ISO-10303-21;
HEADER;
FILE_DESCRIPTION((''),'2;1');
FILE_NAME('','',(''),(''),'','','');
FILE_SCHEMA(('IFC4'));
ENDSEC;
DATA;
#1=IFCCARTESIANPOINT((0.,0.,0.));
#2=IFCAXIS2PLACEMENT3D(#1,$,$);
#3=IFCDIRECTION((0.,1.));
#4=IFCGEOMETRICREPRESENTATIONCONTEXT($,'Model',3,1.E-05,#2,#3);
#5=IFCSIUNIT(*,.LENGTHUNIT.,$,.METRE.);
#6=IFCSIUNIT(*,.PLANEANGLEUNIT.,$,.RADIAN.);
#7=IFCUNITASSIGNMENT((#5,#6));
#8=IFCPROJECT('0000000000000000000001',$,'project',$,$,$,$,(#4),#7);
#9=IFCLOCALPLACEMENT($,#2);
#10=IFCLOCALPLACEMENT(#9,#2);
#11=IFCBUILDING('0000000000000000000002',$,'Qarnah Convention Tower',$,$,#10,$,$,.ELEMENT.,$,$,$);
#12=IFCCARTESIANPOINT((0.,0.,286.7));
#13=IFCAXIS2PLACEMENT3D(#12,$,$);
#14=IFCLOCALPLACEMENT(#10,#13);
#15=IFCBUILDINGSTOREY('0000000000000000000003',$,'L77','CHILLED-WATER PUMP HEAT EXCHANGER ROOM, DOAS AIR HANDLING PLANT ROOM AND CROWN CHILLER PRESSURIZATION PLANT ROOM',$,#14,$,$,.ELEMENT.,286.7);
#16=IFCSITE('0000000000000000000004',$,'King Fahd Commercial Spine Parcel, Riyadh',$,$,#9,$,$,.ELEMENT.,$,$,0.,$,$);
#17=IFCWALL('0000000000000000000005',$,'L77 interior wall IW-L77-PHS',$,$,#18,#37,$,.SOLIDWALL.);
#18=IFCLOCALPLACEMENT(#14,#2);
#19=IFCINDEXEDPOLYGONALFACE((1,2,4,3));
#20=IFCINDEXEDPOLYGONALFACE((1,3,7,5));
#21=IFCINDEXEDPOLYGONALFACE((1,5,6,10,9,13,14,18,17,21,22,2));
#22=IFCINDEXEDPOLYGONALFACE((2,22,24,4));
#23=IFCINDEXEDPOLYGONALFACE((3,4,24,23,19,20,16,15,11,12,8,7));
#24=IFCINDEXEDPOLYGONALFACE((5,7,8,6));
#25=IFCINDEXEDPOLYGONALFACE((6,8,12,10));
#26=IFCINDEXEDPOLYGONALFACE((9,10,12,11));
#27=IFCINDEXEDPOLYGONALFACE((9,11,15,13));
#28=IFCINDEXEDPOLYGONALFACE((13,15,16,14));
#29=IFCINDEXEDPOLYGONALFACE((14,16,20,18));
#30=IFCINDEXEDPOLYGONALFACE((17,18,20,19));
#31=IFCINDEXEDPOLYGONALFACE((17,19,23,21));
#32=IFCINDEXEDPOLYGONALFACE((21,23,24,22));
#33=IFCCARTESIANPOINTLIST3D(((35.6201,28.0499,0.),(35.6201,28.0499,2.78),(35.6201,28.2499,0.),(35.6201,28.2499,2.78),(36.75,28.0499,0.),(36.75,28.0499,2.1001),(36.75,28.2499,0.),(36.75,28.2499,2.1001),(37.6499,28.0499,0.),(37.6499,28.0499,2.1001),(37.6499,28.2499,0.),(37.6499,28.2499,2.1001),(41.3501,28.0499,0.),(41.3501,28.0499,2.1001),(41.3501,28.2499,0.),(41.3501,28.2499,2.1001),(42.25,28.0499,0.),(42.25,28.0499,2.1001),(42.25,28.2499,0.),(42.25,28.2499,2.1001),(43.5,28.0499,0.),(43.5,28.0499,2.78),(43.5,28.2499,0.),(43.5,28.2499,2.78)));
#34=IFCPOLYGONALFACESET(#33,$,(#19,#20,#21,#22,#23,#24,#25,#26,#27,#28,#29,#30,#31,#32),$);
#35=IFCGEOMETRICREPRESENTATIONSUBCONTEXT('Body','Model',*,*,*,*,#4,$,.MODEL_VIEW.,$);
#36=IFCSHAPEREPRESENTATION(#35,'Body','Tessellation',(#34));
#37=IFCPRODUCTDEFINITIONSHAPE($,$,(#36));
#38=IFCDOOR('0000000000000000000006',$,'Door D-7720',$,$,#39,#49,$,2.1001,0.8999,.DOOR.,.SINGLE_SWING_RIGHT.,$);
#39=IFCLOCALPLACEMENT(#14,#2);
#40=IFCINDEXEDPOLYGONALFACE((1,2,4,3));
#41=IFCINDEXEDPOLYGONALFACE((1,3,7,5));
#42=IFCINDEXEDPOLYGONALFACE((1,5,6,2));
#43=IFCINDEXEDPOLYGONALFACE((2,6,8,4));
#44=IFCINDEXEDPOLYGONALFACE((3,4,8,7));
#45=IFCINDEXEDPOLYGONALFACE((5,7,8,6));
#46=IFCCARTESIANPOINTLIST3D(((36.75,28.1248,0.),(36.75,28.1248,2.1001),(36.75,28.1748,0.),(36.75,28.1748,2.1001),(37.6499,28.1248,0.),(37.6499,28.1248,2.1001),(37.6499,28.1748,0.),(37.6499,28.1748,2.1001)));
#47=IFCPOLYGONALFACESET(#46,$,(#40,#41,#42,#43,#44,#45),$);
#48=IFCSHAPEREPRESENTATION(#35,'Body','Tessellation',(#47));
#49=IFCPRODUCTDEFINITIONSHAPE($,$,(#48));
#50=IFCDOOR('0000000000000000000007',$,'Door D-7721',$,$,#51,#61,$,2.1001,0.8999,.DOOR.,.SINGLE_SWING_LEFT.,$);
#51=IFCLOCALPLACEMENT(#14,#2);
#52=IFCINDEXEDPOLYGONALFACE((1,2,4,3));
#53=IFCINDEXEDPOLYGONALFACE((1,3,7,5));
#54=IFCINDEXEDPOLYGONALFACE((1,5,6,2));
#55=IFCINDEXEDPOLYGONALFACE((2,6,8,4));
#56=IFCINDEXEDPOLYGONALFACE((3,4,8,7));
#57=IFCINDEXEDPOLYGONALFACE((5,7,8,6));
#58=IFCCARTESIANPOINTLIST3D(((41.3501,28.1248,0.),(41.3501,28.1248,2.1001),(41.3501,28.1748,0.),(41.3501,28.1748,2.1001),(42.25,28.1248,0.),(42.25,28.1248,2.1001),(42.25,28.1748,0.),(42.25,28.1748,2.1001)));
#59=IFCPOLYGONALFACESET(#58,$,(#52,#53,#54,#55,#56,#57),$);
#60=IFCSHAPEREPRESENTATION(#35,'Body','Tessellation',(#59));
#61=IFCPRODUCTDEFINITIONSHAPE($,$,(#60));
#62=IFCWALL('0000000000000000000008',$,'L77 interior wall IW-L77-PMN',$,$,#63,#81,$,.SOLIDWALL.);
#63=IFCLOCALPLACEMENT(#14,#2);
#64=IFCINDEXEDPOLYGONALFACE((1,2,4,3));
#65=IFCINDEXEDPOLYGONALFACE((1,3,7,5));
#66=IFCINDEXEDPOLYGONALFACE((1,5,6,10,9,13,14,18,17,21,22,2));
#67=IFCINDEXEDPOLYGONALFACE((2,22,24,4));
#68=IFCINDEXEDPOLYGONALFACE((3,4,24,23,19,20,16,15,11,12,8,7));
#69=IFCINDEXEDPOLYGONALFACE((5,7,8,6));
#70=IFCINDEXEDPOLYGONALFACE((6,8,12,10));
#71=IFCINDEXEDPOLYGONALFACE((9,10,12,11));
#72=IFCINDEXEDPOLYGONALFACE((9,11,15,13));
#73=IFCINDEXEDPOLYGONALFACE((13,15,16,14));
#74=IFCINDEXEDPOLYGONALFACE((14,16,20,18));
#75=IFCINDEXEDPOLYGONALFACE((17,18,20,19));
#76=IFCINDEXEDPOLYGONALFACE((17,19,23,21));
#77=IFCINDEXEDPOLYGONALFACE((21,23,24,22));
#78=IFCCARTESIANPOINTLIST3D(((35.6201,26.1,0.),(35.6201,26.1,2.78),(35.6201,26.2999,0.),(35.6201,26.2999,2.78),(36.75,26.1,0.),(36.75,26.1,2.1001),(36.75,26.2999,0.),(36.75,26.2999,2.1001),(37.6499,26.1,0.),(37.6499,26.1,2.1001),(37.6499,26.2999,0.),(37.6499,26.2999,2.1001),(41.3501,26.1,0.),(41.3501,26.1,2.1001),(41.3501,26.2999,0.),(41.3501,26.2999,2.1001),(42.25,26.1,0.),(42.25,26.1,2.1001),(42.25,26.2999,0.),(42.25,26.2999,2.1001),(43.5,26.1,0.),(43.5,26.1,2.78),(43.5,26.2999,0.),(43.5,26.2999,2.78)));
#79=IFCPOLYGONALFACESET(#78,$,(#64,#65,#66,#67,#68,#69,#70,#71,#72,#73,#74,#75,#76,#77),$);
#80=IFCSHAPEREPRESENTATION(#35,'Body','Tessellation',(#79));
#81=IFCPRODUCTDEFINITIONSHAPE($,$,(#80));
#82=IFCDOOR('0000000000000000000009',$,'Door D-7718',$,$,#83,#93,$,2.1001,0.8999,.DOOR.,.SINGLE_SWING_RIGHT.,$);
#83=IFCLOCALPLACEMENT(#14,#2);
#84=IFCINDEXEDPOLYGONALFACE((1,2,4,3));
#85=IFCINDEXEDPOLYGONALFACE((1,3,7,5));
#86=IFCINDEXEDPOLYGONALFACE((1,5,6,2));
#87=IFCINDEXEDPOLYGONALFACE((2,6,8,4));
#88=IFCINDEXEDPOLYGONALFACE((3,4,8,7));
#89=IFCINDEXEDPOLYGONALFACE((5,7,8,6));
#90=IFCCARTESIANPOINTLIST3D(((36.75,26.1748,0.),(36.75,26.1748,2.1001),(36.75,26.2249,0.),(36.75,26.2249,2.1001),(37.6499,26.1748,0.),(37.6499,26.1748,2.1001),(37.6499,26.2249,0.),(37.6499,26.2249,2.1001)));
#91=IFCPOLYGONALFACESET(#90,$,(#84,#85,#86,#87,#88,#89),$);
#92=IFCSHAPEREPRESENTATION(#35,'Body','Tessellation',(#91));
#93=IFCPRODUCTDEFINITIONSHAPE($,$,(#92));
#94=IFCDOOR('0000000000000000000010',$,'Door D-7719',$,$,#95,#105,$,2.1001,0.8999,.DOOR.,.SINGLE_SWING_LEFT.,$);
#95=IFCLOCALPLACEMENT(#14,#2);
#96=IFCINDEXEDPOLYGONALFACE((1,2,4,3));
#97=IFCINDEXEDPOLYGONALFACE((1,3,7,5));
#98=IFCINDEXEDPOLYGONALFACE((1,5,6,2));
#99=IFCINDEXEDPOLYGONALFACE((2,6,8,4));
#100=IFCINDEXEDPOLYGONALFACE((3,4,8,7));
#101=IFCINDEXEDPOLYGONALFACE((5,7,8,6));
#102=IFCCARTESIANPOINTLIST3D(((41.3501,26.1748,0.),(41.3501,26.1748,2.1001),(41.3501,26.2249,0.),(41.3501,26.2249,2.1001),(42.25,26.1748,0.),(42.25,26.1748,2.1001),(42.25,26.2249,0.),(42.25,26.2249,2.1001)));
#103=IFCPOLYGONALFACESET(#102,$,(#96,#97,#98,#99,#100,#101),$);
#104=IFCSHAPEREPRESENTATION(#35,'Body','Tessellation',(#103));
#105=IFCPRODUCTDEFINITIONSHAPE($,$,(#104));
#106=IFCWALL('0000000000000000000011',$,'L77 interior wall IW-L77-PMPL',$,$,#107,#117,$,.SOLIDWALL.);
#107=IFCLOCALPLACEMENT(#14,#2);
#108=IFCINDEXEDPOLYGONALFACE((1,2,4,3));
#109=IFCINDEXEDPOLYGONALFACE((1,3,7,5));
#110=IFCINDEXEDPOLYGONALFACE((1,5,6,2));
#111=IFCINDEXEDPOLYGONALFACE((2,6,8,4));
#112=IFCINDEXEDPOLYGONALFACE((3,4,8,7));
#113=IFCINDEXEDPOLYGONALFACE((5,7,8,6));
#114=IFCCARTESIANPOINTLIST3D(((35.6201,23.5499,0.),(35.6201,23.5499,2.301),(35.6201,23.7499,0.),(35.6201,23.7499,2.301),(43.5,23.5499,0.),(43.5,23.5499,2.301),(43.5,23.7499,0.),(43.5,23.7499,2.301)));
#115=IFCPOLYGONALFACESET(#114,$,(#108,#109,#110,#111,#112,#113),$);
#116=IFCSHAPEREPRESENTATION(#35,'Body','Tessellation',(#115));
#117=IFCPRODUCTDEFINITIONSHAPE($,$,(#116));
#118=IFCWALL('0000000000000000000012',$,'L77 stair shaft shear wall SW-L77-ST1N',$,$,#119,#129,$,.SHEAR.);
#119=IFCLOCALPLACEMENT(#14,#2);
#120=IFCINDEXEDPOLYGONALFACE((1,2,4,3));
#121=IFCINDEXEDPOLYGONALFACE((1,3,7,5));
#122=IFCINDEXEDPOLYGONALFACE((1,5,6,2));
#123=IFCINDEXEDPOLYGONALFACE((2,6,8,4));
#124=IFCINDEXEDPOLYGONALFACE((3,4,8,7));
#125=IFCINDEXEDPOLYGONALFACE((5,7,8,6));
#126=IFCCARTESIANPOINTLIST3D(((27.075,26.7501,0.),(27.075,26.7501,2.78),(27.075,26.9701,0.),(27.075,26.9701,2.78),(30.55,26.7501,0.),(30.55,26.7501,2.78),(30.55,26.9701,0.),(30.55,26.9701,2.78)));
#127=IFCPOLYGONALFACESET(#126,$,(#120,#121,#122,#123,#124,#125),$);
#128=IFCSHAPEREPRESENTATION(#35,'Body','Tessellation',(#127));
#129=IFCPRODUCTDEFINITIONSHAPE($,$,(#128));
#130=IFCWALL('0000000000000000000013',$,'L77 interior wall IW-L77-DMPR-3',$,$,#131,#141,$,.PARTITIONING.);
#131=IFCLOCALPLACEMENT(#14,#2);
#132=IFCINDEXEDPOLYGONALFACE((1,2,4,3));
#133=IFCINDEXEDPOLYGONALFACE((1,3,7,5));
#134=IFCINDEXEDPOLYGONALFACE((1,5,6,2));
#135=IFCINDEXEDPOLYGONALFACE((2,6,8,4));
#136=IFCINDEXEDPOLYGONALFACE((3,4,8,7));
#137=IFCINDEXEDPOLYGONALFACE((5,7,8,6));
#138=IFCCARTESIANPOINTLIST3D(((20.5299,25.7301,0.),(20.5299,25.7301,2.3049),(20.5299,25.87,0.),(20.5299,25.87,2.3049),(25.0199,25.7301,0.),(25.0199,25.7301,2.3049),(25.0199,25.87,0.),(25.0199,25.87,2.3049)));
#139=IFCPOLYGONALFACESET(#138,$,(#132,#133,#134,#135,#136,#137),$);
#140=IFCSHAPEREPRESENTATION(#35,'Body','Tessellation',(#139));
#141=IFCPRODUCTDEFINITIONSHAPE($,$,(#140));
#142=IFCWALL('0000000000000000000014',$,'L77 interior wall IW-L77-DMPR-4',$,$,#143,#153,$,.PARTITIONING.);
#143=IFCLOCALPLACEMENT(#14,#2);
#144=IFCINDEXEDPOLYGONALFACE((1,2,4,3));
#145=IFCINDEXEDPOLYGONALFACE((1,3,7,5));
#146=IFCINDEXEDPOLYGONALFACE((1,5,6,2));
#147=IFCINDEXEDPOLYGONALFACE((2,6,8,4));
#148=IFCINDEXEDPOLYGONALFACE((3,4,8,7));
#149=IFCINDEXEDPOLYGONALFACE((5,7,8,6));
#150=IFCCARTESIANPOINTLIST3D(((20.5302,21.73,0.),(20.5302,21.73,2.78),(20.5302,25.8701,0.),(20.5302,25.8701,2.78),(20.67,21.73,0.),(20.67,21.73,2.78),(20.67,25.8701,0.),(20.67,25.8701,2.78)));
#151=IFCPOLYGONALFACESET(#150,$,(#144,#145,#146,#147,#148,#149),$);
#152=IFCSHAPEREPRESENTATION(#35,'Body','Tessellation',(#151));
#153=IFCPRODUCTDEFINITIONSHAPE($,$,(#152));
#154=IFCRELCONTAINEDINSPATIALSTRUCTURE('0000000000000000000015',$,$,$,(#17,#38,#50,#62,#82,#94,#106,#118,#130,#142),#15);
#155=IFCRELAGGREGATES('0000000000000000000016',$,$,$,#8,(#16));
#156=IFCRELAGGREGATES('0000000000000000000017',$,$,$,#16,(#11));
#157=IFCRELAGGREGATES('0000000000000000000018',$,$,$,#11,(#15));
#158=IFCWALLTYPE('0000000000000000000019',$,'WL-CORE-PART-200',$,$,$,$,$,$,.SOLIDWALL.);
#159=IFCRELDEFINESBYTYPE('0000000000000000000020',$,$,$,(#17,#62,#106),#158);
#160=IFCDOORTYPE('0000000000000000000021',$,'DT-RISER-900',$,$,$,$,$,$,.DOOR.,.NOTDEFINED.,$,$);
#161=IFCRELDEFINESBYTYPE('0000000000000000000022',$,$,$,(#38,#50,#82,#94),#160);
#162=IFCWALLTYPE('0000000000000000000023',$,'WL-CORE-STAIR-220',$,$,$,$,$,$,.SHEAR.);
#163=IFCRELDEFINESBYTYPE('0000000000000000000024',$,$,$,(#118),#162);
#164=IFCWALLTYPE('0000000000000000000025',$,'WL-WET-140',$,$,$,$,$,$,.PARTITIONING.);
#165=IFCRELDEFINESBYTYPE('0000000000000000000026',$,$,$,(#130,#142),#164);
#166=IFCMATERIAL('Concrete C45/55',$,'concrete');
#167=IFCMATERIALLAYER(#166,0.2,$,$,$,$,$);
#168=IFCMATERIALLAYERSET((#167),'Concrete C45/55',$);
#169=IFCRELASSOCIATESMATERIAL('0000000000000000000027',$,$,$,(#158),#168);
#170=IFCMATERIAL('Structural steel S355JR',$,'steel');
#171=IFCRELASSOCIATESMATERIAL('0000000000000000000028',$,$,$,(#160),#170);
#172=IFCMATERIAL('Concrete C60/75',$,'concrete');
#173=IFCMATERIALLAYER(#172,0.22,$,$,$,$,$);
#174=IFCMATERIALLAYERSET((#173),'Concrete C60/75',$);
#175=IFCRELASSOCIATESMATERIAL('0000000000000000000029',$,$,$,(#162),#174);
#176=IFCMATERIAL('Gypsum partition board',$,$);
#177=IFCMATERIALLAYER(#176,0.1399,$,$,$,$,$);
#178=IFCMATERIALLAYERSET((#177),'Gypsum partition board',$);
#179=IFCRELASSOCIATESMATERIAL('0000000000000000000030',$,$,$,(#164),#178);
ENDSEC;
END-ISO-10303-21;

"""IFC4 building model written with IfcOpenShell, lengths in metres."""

from ifc_helpers import new_model, si_unit, direction, frame, frame_2d, origin, place, context, subcontext, project, spatial, rectangle, extrude, material, layer, layer_set, type_object, element, fill, save


model = new_model("IFC4")

# Units and contexts
model_context = context("Model", 3, precision=1e-05, world=origin(), true_north=direction((0.0, 1.0)))
body_context = subcontext(model_context, "Body", "Model", "MODEL_VIEW")
ifc_project = project(units=[si_unit("LENGTHUNIT", "METRE"), si_unit("PLANEANGLEUNIT", "RADIAN")], contexts=[model_context])

# Site, building, storey
site_placement = place(None, origin())
site = spatial("IfcSite", under=ifc_project, at=site_placement, Name="King Fahd Commercial Spine Parcel, Riyadh", CompositionType="ELEMENT", RefElevation=0.0)
building_placement = place(site_placement, origin())
building = spatial("IfcBuilding", under=site, at=building_placement, Name="Qarnah Convention Tower", CompositionType="ELEMENT")
storey_placement = place(building_placement, frame((0.0, 0.0, 286.7)))
storey = spatial("IfcBuildingStorey", under=building, at=storey_placement, Name="L77", Description="CHILLED-WATER PUMP HEAT EXCHANGER ROOM, DOAS AIR HANDLING PLANT ROOM AND CROWN CHILLER PRESSURIZATION PLANT ROOM", CompositionType="ELEMENT", Elevation=286.7)

# Shared definitions
ifc_material_1 = material(Name="Structural steel S355JR", Category="steel")

# Walls, openings, doors
ifc_material_2 = material(Name="Concrete C45/55", Category="concrete")
ifc_layer_1 = layer(ifc_material_2, 0.2)
ifc_layer_set_1 = layer_set([ifc_layer_1], Name="Concrete C45/55")
wall_type_1 = type_object("IfcWallType", Name="WL-CORE-PART-200", PredefinedType="SOLIDWALL", material=ifc_layer_set_1)
door_type_1 = type_object("IfcDoorType", Name="DT-RISER-900", OperationType="NOTDEFINED", PredefinedType="DOOR", material=ifc_material_1)
wall_1_placement = place(storey_placement, frame((35.6201, 28.1499, 0.0), z_axis=(0.0, 0.0, 1.0), x_axis=(1.0, 0.0, 0.0)))
wall_1 = element("IfcWall", 1, at=wall_1_placement, inside=storey, type_object=wall_type_1, Name="L77 interior wall IW-L77-PHS", PredefinedType="SOLIDWALL", context=body_context, shape_type="SweptSolid", body=[
    extrude(rectangle(XDim=7.8799, YDim=0.2, at=frame_2d((3.9399, 0.0))), origin(), (0.0, 0.0, 1.0), 2.78),
])
opening_1_placement = place(wall_1_placement, frame((1.1299, 0.0, 0.0)))
opening_1 = element("IfcOpeningElement", 2, at=opening_1_placement, cuts=wall_1, PredefinedType="OPENING", context=body_context, shape_type="SweptSolid", body=[
    extrude(rectangle(XDim=0.8999, YDim=2.1001, at=frame_2d((0.45, 1.05))), frame((0.0, 0.1099, 0.0), z_axis=(0.0, -1.0, 0.0), x_axis=(1.0, 0.0, 0.0)), (0.0, 0.0, 1.0), 0.22),
])
opening_2_placement = place(wall_1_placement, frame((5.73, 0.0, 0.0)))
opening_2 = element("IfcOpeningElement", 3, at=opening_2_placement, cuts=wall_1, PredefinedType="OPENING", context=body_context, shape_type="SweptSolid", body=[
    extrude(rectangle(XDim=0.8999, YDim=2.1001, at=frame_2d((0.45, 1.05))), frame((0.0, 0.1099, 0.0), z_axis=(0.0, -1.0, 0.0), x_axis=(1.0, 0.0, 0.0)), (0.0, 0.0, 1.0), 0.22),
])
door_1_placement = place(opening_1_placement, origin())
door_1 = element("IfcDoor", 4, at=door_1_placement, inside=storey, type_object=door_type_1, Name="Door D-7720", OperationType="SINGLE_SWING_RIGHT", OverallHeight=2.1001, OverallWidth=0.8999, PredefinedType="DOOR", context=body_context, shape_type="SweptSolid", body=[
    extrude(rectangle(XDim=0.8999, YDim=2.1001, at=frame_2d((0.45, 1.05))), frame((0.0, 0.0249, 0.0), z_axis=(0.0, -1.0, 0.0), x_axis=(1.0, 0.0, 0.0)), (0.0, 0.0, 1.0), 0.05),
])
fill(opening_1, door_1)
door_2_placement = place(opening_2_placement, origin())
door_2 = element("IfcDoor", 5, at=door_2_placement, inside=storey, type_object=door_type_1, Name="Door D-7721", OperationType="SINGLE_SWING_LEFT", OverallHeight=2.1001, OverallWidth=0.8999, PredefinedType="DOOR", context=body_context, shape_type="SweptSolid", body=[
    extrude(rectangle(XDim=0.8999, YDim=2.1001, at=frame_2d((0.45, 1.05))), frame((0.0, 0.0249, 0.0), z_axis=(0.0, -1.0, 0.0), x_axis=(1.0, 0.0, 0.0)), (0.0, 0.0, 1.0), 0.05),
])
fill(opening_2, door_2)
wall_2_placement = place(storey_placement, frame((35.6201, 26.2, 0.0), z_axis=(0.0, 0.0, 1.0), x_axis=(1.0, 0.0, 0.0)))
wall_2 = element("IfcWall", 6, at=wall_2_placement, inside=storey, type_object=wall_type_1, Name="L77 interior wall IW-L77-PMN", PredefinedType="SOLIDWALL", context=body_context, shape_type="SweptSolid", body=[
    extrude(rectangle(XDim=7.8799, YDim=0.2, at=frame_2d((3.9399, 0.0))), origin(), (0.0, 0.0, 1.0), 2.78),
])
opening_3_placement = place(wall_2_placement, frame((1.1299, 0.0, 0.0)))
opening_3 = element("IfcOpeningElement", 7, at=opening_3_placement, cuts=wall_2, PredefinedType="OPENING", context=body_context, shape_type="SweptSolid", body=[
    extrude(rectangle(XDim=0.8999, YDim=2.1001, at=frame_2d((0.45, 1.05))), frame((0.0, 0.1099, 0.0), z_axis=(0.0, -1.0, 0.0), x_axis=(1.0, 0.0, 0.0)), (0.0, 0.0, 1.0), 0.22),
])
opening_4_placement = place(wall_2_placement, frame((5.73, 0.0, 0.0)))
opening_4 = element("IfcOpeningElement", 8, at=opening_4_placement, cuts=wall_2, PredefinedType="OPENING", context=body_context, shape_type="SweptSolid", body=[
    extrude(rectangle(XDim=0.8999, YDim=2.1001, at=frame_2d((0.45, 1.05))), frame((0.0, 0.1099, 0.0), z_axis=(0.0, -1.0, 0.0), x_axis=(1.0, 0.0, 0.0)), (0.0, 0.0, 1.0), 0.22),
])
door_3_placement = place(opening_3_placement, origin())
door_3 = element("IfcDoor", 9, at=door_3_placement, inside=storey, type_object=door_type_1, Name="Door D-7718", OperationType="SINGLE_SWING_RIGHT", OverallHeight=2.1001, OverallWidth=0.8999, PredefinedType="DOOR", context=body_context, shape_type="SweptSolid", body=[
    extrude(rectangle(XDim=0.8999, YDim=2.1001, at=frame_2d((0.45, 1.05))), frame((0.0, 0.0249, 0.0), z_axis=(0.0, -1.0, 0.0), x_axis=(1.0, 0.0, 0.0)), (0.0, 0.0, 1.0), 0.05),
])
fill(opening_3, door_3)
door_4_placement = place(opening_4_placement, origin())
door_4 = element("IfcDoor", 10, at=door_4_placement, inside=storey, type_object=door_type_1, Name="Door D-7719", OperationType="SINGLE_SWING_LEFT", OverallHeight=2.1001, OverallWidth=0.8999, PredefinedType="DOOR", context=body_context, shape_type="SweptSolid", body=[
    extrude(rectangle(XDim=0.8999, YDim=2.1001, at=frame_2d((0.45, 1.05))), frame((0.0, 0.0249, 0.0), z_axis=(0.0, -1.0, 0.0), x_axis=(1.0, 0.0, 0.0)), (0.0, 0.0, 1.0), 0.05),
])
fill(opening_4, door_4)

# Walls
wall_3_placement = place(storey_placement, frame((35.6201, 23.6499, 0.0), z_axis=(0.0, 0.0, 1.0), x_axis=(1.0, 0.0, 0.0)))
element("IfcWall", 11, at=wall_3_placement, inside=storey, type_object=wall_type_1, Name="L77 interior wall IW-L77-PMPL", PredefinedType="SOLIDWALL", context=body_context, shape_type="SweptSolid", body=[
    extrude(rectangle(XDim=7.8799, YDim=0.2, at=frame_2d((3.9399, 0.0))), origin(), (0.0, 0.0, 1.0), 2.301),
])
ifc_material_3 = material(Name="Concrete C60/75", Category="concrete")
ifc_layer_2 = layer(ifc_material_3, 0.22)
ifc_layer_set_2 = layer_set([ifc_layer_2], Name="Concrete C60/75")
wall_type_2 = type_object("IfcWallType", Name="WL-CORE-STAIR-220", PredefinedType="SHEAR", material=ifc_layer_set_2)
wall_4_placement = place(storey_placement, frame((27.075, 26.8601, 0.0), z_axis=(0.0, 0.0, 1.0), x_axis=(1.0, 0.0, 0.0)))
element("IfcWall", 12, at=wall_4_placement, inside=storey, type_object=wall_type_2, Name="L77 stair shaft shear wall SW-L77-ST1N", PredefinedType="SHEAR", context=body_context, shape_type="SweptSolid", body=[
    extrude(rectangle(XDim=3.4751, YDim=0.22, at=frame_2d((1.7375, 0.0))), origin(), (0.0, 0.0, 1.0), 2.78),
])
ifc_material_4 = material(Name="Gypsum partition board")
ifc_layer_3 = layer(ifc_material_4, 0.1399)
ifc_layer_set_3 = layer_set([ifc_layer_3], Name="Gypsum partition board")
wall_type_3 = type_object("IfcWallType", Name="WL-WET-140", PredefinedType="PARTITIONING", material=ifc_layer_set_3)
wall_5_placement = place(storey_placement, frame((25.02, 25.8, 0.0), z_axis=(0.0, 0.0, 1.0), x_axis=(-1.0, 0.0, 0.0)))
element("IfcWall", 13, at=wall_5_placement, inside=storey, type_object=wall_type_3, Name="L77 interior wall IW-L77-DMPR-3", PredefinedType="PARTITIONING", context=body_context, shape_type="SweptSolid", body=[
    extrude(rectangle(XDim=4.49, YDim=0.1399, at=frame_2d((2.2451, 0.0))), origin(), (0.0, 0.0, 1.0), 2.3049),
])
wall_6_placement = place(storey_placement, frame((20.6001, 25.8701, 0.0), z_axis=(0.0, 0.0, 1.0), x_axis=(0.0, -1.0, 0.0)))
element("IfcWall", 14, at=wall_6_placement, inside=storey, type_object=wall_type_3, Name="L77 interior wall IW-L77-DMPR-4", PredefinedType="PARTITIONING", context=body_context, shape_type="SweptSolid", body=[
    extrude(rectangle(XDim=4.1401, YDim=0.1399, at=frame_2d((2.0701, 0.0))), origin(), (0.0, 0.0, 1.0), 2.78),
])

save(model, "model.ifc")
